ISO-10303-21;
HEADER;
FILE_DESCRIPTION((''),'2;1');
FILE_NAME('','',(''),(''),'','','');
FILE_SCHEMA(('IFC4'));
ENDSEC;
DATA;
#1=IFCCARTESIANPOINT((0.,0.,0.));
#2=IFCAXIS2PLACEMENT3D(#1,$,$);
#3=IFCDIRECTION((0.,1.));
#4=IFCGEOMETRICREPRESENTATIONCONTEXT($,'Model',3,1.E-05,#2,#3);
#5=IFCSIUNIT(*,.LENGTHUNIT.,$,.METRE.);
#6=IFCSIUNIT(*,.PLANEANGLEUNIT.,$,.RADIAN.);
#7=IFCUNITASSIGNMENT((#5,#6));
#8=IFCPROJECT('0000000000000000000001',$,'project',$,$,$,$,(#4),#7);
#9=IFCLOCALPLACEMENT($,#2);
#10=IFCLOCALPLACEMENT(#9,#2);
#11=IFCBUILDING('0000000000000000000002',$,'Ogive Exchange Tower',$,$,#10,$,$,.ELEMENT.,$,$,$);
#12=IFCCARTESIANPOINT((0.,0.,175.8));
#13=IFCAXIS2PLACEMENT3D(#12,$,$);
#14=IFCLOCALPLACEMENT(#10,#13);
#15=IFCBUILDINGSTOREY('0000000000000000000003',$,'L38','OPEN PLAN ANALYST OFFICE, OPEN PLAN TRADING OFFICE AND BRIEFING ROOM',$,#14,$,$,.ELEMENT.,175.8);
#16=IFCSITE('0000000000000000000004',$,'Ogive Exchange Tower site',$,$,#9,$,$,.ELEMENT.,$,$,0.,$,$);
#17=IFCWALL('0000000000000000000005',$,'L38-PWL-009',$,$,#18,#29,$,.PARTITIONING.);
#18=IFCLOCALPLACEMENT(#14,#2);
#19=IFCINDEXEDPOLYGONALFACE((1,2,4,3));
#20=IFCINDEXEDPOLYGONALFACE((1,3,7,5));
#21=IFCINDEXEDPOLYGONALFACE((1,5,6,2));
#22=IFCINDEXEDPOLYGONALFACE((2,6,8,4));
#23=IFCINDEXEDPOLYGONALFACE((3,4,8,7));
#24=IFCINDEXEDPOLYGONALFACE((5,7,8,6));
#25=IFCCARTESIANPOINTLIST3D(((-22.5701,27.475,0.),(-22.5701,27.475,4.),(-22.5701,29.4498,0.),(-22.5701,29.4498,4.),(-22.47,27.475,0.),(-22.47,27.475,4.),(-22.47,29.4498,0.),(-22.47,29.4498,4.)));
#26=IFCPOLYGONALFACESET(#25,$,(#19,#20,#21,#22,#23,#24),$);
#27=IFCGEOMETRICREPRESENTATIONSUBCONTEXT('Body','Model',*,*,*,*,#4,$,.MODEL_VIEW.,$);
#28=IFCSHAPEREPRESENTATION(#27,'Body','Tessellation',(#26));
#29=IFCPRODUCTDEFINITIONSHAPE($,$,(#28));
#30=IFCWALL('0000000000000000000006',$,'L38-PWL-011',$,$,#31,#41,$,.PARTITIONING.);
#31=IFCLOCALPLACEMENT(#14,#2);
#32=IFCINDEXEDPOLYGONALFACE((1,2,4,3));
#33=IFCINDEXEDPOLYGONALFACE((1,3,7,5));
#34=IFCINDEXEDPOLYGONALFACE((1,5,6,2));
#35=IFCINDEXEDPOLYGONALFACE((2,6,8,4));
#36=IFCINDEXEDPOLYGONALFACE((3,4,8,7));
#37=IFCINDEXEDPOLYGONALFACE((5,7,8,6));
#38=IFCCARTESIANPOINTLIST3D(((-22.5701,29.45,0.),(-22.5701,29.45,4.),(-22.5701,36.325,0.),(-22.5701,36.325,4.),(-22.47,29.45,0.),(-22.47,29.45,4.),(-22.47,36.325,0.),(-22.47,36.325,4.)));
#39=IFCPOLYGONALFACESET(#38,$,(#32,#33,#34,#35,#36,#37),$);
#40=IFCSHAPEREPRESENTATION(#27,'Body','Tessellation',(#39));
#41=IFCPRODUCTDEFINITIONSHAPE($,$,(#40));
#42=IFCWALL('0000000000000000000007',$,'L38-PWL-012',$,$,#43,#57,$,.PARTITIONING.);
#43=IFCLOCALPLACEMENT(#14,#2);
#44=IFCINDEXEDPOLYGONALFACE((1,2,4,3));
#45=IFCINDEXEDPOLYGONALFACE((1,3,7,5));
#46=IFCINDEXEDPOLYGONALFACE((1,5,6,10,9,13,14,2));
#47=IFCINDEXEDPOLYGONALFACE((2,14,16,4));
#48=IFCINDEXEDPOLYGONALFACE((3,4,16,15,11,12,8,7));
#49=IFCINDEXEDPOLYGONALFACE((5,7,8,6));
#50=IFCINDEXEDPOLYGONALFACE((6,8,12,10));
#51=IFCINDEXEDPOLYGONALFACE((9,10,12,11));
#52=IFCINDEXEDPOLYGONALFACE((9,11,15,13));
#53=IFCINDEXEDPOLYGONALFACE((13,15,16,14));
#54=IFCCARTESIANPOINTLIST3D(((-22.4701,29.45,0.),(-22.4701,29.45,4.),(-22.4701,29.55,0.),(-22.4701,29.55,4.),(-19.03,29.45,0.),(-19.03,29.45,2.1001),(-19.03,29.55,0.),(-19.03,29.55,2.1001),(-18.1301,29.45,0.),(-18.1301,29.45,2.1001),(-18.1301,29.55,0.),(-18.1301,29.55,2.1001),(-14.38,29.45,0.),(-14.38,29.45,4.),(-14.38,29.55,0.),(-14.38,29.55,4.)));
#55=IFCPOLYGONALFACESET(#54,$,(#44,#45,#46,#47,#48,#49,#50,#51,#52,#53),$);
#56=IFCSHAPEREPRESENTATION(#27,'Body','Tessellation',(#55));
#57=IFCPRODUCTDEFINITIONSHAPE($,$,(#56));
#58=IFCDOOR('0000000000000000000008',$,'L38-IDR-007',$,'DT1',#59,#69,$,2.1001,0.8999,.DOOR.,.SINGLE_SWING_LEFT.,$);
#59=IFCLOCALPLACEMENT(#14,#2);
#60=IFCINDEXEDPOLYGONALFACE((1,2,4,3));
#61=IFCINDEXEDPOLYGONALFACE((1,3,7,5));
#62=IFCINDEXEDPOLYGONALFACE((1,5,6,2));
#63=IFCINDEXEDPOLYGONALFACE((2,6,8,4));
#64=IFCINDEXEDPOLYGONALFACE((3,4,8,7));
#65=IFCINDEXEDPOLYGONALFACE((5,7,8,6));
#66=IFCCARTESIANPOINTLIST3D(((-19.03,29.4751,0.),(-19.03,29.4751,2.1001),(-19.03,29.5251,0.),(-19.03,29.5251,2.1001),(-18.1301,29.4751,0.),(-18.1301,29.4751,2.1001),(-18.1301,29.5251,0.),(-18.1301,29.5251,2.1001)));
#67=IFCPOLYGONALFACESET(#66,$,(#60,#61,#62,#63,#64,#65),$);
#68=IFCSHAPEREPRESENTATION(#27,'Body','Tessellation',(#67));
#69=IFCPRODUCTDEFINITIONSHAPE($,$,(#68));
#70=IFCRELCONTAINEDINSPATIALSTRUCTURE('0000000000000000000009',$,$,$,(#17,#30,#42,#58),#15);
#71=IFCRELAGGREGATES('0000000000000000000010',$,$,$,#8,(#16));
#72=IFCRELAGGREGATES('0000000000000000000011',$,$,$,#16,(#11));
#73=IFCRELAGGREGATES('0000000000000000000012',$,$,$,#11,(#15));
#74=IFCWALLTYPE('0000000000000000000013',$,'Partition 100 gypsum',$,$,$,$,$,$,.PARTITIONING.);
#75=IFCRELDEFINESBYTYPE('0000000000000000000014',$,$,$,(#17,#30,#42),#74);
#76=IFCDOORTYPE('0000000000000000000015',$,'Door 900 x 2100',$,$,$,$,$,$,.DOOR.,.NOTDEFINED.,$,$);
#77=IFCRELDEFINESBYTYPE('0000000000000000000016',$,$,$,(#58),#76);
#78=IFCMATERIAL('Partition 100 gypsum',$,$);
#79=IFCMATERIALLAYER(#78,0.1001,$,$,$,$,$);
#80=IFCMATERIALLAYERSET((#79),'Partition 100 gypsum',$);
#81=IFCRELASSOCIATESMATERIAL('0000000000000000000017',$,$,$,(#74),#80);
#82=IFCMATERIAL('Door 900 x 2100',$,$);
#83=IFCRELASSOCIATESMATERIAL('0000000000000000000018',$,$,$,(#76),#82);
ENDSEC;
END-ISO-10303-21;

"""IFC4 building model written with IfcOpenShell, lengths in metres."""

from ifc_helpers import new_model, si_unit, direction, frame, frame_2d, origin, place, context, subcontext, project, spatial, rectangle, extrude, material, layer, layer_set, type_object, element, fill, save


model = new_model("IFC4")

# Units and contexts
model_context = context("Model", 3, precision=1e-05, world=origin(), true_north=direction((0.0, 1.0)))
body_context = subcontext(model_context, "Body", "Model", "MODEL_VIEW")
ifc_project = project(units=[si_unit("LENGTHUNIT", "METRE"), si_unit("PLANEANGLEUNIT", "RADIAN")], contexts=[model_context])

# Site, building, storey
site_placement = place(None, origin())
site = spatial("IfcSite", under=ifc_project, at=site_placement, Name="Ogive Exchange Tower site", CompositionType="ELEMENT", RefElevation=0.0)
building_placement = place(site_placement, origin())
building = spatial("IfcBuilding", under=site, at=building_placement, Name="Ogive Exchange Tower", CompositionType="ELEMENT")
storey_placement = place(building_placement, frame((0.0, 0.0, 175.8)))
storey = spatial("IfcBuildingStorey", under=building, at=storey_placement, Name="L38", Description="OPEN PLAN ANALYST OFFICE, OPEN PLAN TRADING OFFICE AND BRIEFING ROOM", CompositionType="ELEMENT", Elevation=175.8)

# Walls
ifc_material_1 = material(Name="Partition 100 gypsum")
ifc_layer_1 = layer(ifc_material_1, 0.1001)
ifc_layer_set_1 = layer_set([ifc_layer_1], Name="Partition 100 gypsum")
wall_type_1 = type_object("IfcWallType", Name="Partition 100 gypsum", PredefinedType="PARTITIONING", material=ifc_layer_set_1)
wall_1_placement = place(storey_placement, frame((-22.52, 27.4751, 0.0), z_axis=(0.0, 0.0, 1.0), x_axis=(0.0, 1.0, 0.0)))
element("IfcWall", 1, at=wall_1_placement, inside=storey, type_object=wall_type_1, Name="L38-PWL-009", PredefinedType="PARTITIONING", context=body_context, shape_type="SweptSolid", body=[
    extrude(rectangle(XDim=1.9749, YDim=0.1001, at=frame_2d((0.9873, 0.0))), origin(), (0.0, 0.0, 1.0), 4.0),
])
wall_2_placement = place(storey_placement, frame((-22.52, 29.45, 0.0), z_axis=(0.0, 0.0, 1.0), x_axis=(0.0, 1.0, 0.0)))
element("IfcWall", 2, at=wall_2_placement, inside=storey, type_object=wall_type_1, Name="L38-PWL-011", PredefinedType="PARTITIONING", context=body_context, shape_type="SweptSolid", body=[
    extrude(rectangle(XDim=6.875, YDim=0.1001, at=frame_2d((3.4375, 0.0))), origin(), (0.0, 0.0, 1.0), 4.0),
])

# Wall, opening, door
wall_3_placement = place(storey_placement, frame((-22.47, 29.5, 0.0), z_axis=(0.0, 0.0, 1.0), x_axis=(1.0, 0.0, 0.0)))
wall_3 = element("IfcWall", 3, at=wall_3_placement, inside=storey, type_object=wall_type_1, Name="L38-PWL-012", PredefinedType="PARTITIONING", context=body_context, shape_type="SweptSolid", body=[
    extrude(rectangle(XDim=8.0901, YDim=0.1001, at=frame_2d((4.0449, 0.0))), origin(), (0.0, 0.0, 1.0), 4.0),
])
opening_1_placement = place(wall_3_placement, frame((3.4399, 0.0, 0.0)))
opening_1 = element("IfcOpeningElement", 4, at=opening_1_placement, cuts=wall_3, PredefinedType="OPENING", context=body_context, shape_type="SweptSolid", body=[
    extrude(rectangle(XDim=0.8999, YDim=2.1001, at=frame_2d((0.45, 1.05))), frame((0.0, 0.0601, 0.0), z_axis=(0.0, -1.0, 0.0), x_axis=(1.0, 0.0, 0.0)), (0.0, 0.0, 1.0), 0.1201),
])
ifc_material_2 = material(Name="Door 900 x 2100")
door_type_1 = type_object("IfcDoorType", Name="Door 900 x 2100", OperationType="NOTDEFINED", PredefinedType="DOOR", material=ifc_material_2)
door_1_placement = place(opening_1_placement, frame((0.8999, 0.0, 0.0), z_axis=(0.0, 0.0, 1.0), x_axis=(-1.0, 0.0, 0.0)))
door_1 = element("IfcDoor", 5, at=door_1_placement, inside=storey, type_object=door_type_1, Name="L38-IDR-007", ObjectType="DT1", OperationType="SINGLE_SWING_LEFT", OverallHeight=2.1001, OverallWidth=0.8999, PredefinedType="DOOR", context=body_context, shape_type="SweptSolid", body=[
    extrude(rectangle(XDim=0.8999, YDim=2.1001, at=frame_2d((0.45, 1.05))), frame((0.0, 0.0249, 0.0), z_axis=(0.0, -1.0, 0.0), x_axis=(1.0, 0.0, 0.0)), (0.0, 0.0, 1.0), 0.05),
])
fill(opening_1, door_1)

save(model, "model.ifc")
